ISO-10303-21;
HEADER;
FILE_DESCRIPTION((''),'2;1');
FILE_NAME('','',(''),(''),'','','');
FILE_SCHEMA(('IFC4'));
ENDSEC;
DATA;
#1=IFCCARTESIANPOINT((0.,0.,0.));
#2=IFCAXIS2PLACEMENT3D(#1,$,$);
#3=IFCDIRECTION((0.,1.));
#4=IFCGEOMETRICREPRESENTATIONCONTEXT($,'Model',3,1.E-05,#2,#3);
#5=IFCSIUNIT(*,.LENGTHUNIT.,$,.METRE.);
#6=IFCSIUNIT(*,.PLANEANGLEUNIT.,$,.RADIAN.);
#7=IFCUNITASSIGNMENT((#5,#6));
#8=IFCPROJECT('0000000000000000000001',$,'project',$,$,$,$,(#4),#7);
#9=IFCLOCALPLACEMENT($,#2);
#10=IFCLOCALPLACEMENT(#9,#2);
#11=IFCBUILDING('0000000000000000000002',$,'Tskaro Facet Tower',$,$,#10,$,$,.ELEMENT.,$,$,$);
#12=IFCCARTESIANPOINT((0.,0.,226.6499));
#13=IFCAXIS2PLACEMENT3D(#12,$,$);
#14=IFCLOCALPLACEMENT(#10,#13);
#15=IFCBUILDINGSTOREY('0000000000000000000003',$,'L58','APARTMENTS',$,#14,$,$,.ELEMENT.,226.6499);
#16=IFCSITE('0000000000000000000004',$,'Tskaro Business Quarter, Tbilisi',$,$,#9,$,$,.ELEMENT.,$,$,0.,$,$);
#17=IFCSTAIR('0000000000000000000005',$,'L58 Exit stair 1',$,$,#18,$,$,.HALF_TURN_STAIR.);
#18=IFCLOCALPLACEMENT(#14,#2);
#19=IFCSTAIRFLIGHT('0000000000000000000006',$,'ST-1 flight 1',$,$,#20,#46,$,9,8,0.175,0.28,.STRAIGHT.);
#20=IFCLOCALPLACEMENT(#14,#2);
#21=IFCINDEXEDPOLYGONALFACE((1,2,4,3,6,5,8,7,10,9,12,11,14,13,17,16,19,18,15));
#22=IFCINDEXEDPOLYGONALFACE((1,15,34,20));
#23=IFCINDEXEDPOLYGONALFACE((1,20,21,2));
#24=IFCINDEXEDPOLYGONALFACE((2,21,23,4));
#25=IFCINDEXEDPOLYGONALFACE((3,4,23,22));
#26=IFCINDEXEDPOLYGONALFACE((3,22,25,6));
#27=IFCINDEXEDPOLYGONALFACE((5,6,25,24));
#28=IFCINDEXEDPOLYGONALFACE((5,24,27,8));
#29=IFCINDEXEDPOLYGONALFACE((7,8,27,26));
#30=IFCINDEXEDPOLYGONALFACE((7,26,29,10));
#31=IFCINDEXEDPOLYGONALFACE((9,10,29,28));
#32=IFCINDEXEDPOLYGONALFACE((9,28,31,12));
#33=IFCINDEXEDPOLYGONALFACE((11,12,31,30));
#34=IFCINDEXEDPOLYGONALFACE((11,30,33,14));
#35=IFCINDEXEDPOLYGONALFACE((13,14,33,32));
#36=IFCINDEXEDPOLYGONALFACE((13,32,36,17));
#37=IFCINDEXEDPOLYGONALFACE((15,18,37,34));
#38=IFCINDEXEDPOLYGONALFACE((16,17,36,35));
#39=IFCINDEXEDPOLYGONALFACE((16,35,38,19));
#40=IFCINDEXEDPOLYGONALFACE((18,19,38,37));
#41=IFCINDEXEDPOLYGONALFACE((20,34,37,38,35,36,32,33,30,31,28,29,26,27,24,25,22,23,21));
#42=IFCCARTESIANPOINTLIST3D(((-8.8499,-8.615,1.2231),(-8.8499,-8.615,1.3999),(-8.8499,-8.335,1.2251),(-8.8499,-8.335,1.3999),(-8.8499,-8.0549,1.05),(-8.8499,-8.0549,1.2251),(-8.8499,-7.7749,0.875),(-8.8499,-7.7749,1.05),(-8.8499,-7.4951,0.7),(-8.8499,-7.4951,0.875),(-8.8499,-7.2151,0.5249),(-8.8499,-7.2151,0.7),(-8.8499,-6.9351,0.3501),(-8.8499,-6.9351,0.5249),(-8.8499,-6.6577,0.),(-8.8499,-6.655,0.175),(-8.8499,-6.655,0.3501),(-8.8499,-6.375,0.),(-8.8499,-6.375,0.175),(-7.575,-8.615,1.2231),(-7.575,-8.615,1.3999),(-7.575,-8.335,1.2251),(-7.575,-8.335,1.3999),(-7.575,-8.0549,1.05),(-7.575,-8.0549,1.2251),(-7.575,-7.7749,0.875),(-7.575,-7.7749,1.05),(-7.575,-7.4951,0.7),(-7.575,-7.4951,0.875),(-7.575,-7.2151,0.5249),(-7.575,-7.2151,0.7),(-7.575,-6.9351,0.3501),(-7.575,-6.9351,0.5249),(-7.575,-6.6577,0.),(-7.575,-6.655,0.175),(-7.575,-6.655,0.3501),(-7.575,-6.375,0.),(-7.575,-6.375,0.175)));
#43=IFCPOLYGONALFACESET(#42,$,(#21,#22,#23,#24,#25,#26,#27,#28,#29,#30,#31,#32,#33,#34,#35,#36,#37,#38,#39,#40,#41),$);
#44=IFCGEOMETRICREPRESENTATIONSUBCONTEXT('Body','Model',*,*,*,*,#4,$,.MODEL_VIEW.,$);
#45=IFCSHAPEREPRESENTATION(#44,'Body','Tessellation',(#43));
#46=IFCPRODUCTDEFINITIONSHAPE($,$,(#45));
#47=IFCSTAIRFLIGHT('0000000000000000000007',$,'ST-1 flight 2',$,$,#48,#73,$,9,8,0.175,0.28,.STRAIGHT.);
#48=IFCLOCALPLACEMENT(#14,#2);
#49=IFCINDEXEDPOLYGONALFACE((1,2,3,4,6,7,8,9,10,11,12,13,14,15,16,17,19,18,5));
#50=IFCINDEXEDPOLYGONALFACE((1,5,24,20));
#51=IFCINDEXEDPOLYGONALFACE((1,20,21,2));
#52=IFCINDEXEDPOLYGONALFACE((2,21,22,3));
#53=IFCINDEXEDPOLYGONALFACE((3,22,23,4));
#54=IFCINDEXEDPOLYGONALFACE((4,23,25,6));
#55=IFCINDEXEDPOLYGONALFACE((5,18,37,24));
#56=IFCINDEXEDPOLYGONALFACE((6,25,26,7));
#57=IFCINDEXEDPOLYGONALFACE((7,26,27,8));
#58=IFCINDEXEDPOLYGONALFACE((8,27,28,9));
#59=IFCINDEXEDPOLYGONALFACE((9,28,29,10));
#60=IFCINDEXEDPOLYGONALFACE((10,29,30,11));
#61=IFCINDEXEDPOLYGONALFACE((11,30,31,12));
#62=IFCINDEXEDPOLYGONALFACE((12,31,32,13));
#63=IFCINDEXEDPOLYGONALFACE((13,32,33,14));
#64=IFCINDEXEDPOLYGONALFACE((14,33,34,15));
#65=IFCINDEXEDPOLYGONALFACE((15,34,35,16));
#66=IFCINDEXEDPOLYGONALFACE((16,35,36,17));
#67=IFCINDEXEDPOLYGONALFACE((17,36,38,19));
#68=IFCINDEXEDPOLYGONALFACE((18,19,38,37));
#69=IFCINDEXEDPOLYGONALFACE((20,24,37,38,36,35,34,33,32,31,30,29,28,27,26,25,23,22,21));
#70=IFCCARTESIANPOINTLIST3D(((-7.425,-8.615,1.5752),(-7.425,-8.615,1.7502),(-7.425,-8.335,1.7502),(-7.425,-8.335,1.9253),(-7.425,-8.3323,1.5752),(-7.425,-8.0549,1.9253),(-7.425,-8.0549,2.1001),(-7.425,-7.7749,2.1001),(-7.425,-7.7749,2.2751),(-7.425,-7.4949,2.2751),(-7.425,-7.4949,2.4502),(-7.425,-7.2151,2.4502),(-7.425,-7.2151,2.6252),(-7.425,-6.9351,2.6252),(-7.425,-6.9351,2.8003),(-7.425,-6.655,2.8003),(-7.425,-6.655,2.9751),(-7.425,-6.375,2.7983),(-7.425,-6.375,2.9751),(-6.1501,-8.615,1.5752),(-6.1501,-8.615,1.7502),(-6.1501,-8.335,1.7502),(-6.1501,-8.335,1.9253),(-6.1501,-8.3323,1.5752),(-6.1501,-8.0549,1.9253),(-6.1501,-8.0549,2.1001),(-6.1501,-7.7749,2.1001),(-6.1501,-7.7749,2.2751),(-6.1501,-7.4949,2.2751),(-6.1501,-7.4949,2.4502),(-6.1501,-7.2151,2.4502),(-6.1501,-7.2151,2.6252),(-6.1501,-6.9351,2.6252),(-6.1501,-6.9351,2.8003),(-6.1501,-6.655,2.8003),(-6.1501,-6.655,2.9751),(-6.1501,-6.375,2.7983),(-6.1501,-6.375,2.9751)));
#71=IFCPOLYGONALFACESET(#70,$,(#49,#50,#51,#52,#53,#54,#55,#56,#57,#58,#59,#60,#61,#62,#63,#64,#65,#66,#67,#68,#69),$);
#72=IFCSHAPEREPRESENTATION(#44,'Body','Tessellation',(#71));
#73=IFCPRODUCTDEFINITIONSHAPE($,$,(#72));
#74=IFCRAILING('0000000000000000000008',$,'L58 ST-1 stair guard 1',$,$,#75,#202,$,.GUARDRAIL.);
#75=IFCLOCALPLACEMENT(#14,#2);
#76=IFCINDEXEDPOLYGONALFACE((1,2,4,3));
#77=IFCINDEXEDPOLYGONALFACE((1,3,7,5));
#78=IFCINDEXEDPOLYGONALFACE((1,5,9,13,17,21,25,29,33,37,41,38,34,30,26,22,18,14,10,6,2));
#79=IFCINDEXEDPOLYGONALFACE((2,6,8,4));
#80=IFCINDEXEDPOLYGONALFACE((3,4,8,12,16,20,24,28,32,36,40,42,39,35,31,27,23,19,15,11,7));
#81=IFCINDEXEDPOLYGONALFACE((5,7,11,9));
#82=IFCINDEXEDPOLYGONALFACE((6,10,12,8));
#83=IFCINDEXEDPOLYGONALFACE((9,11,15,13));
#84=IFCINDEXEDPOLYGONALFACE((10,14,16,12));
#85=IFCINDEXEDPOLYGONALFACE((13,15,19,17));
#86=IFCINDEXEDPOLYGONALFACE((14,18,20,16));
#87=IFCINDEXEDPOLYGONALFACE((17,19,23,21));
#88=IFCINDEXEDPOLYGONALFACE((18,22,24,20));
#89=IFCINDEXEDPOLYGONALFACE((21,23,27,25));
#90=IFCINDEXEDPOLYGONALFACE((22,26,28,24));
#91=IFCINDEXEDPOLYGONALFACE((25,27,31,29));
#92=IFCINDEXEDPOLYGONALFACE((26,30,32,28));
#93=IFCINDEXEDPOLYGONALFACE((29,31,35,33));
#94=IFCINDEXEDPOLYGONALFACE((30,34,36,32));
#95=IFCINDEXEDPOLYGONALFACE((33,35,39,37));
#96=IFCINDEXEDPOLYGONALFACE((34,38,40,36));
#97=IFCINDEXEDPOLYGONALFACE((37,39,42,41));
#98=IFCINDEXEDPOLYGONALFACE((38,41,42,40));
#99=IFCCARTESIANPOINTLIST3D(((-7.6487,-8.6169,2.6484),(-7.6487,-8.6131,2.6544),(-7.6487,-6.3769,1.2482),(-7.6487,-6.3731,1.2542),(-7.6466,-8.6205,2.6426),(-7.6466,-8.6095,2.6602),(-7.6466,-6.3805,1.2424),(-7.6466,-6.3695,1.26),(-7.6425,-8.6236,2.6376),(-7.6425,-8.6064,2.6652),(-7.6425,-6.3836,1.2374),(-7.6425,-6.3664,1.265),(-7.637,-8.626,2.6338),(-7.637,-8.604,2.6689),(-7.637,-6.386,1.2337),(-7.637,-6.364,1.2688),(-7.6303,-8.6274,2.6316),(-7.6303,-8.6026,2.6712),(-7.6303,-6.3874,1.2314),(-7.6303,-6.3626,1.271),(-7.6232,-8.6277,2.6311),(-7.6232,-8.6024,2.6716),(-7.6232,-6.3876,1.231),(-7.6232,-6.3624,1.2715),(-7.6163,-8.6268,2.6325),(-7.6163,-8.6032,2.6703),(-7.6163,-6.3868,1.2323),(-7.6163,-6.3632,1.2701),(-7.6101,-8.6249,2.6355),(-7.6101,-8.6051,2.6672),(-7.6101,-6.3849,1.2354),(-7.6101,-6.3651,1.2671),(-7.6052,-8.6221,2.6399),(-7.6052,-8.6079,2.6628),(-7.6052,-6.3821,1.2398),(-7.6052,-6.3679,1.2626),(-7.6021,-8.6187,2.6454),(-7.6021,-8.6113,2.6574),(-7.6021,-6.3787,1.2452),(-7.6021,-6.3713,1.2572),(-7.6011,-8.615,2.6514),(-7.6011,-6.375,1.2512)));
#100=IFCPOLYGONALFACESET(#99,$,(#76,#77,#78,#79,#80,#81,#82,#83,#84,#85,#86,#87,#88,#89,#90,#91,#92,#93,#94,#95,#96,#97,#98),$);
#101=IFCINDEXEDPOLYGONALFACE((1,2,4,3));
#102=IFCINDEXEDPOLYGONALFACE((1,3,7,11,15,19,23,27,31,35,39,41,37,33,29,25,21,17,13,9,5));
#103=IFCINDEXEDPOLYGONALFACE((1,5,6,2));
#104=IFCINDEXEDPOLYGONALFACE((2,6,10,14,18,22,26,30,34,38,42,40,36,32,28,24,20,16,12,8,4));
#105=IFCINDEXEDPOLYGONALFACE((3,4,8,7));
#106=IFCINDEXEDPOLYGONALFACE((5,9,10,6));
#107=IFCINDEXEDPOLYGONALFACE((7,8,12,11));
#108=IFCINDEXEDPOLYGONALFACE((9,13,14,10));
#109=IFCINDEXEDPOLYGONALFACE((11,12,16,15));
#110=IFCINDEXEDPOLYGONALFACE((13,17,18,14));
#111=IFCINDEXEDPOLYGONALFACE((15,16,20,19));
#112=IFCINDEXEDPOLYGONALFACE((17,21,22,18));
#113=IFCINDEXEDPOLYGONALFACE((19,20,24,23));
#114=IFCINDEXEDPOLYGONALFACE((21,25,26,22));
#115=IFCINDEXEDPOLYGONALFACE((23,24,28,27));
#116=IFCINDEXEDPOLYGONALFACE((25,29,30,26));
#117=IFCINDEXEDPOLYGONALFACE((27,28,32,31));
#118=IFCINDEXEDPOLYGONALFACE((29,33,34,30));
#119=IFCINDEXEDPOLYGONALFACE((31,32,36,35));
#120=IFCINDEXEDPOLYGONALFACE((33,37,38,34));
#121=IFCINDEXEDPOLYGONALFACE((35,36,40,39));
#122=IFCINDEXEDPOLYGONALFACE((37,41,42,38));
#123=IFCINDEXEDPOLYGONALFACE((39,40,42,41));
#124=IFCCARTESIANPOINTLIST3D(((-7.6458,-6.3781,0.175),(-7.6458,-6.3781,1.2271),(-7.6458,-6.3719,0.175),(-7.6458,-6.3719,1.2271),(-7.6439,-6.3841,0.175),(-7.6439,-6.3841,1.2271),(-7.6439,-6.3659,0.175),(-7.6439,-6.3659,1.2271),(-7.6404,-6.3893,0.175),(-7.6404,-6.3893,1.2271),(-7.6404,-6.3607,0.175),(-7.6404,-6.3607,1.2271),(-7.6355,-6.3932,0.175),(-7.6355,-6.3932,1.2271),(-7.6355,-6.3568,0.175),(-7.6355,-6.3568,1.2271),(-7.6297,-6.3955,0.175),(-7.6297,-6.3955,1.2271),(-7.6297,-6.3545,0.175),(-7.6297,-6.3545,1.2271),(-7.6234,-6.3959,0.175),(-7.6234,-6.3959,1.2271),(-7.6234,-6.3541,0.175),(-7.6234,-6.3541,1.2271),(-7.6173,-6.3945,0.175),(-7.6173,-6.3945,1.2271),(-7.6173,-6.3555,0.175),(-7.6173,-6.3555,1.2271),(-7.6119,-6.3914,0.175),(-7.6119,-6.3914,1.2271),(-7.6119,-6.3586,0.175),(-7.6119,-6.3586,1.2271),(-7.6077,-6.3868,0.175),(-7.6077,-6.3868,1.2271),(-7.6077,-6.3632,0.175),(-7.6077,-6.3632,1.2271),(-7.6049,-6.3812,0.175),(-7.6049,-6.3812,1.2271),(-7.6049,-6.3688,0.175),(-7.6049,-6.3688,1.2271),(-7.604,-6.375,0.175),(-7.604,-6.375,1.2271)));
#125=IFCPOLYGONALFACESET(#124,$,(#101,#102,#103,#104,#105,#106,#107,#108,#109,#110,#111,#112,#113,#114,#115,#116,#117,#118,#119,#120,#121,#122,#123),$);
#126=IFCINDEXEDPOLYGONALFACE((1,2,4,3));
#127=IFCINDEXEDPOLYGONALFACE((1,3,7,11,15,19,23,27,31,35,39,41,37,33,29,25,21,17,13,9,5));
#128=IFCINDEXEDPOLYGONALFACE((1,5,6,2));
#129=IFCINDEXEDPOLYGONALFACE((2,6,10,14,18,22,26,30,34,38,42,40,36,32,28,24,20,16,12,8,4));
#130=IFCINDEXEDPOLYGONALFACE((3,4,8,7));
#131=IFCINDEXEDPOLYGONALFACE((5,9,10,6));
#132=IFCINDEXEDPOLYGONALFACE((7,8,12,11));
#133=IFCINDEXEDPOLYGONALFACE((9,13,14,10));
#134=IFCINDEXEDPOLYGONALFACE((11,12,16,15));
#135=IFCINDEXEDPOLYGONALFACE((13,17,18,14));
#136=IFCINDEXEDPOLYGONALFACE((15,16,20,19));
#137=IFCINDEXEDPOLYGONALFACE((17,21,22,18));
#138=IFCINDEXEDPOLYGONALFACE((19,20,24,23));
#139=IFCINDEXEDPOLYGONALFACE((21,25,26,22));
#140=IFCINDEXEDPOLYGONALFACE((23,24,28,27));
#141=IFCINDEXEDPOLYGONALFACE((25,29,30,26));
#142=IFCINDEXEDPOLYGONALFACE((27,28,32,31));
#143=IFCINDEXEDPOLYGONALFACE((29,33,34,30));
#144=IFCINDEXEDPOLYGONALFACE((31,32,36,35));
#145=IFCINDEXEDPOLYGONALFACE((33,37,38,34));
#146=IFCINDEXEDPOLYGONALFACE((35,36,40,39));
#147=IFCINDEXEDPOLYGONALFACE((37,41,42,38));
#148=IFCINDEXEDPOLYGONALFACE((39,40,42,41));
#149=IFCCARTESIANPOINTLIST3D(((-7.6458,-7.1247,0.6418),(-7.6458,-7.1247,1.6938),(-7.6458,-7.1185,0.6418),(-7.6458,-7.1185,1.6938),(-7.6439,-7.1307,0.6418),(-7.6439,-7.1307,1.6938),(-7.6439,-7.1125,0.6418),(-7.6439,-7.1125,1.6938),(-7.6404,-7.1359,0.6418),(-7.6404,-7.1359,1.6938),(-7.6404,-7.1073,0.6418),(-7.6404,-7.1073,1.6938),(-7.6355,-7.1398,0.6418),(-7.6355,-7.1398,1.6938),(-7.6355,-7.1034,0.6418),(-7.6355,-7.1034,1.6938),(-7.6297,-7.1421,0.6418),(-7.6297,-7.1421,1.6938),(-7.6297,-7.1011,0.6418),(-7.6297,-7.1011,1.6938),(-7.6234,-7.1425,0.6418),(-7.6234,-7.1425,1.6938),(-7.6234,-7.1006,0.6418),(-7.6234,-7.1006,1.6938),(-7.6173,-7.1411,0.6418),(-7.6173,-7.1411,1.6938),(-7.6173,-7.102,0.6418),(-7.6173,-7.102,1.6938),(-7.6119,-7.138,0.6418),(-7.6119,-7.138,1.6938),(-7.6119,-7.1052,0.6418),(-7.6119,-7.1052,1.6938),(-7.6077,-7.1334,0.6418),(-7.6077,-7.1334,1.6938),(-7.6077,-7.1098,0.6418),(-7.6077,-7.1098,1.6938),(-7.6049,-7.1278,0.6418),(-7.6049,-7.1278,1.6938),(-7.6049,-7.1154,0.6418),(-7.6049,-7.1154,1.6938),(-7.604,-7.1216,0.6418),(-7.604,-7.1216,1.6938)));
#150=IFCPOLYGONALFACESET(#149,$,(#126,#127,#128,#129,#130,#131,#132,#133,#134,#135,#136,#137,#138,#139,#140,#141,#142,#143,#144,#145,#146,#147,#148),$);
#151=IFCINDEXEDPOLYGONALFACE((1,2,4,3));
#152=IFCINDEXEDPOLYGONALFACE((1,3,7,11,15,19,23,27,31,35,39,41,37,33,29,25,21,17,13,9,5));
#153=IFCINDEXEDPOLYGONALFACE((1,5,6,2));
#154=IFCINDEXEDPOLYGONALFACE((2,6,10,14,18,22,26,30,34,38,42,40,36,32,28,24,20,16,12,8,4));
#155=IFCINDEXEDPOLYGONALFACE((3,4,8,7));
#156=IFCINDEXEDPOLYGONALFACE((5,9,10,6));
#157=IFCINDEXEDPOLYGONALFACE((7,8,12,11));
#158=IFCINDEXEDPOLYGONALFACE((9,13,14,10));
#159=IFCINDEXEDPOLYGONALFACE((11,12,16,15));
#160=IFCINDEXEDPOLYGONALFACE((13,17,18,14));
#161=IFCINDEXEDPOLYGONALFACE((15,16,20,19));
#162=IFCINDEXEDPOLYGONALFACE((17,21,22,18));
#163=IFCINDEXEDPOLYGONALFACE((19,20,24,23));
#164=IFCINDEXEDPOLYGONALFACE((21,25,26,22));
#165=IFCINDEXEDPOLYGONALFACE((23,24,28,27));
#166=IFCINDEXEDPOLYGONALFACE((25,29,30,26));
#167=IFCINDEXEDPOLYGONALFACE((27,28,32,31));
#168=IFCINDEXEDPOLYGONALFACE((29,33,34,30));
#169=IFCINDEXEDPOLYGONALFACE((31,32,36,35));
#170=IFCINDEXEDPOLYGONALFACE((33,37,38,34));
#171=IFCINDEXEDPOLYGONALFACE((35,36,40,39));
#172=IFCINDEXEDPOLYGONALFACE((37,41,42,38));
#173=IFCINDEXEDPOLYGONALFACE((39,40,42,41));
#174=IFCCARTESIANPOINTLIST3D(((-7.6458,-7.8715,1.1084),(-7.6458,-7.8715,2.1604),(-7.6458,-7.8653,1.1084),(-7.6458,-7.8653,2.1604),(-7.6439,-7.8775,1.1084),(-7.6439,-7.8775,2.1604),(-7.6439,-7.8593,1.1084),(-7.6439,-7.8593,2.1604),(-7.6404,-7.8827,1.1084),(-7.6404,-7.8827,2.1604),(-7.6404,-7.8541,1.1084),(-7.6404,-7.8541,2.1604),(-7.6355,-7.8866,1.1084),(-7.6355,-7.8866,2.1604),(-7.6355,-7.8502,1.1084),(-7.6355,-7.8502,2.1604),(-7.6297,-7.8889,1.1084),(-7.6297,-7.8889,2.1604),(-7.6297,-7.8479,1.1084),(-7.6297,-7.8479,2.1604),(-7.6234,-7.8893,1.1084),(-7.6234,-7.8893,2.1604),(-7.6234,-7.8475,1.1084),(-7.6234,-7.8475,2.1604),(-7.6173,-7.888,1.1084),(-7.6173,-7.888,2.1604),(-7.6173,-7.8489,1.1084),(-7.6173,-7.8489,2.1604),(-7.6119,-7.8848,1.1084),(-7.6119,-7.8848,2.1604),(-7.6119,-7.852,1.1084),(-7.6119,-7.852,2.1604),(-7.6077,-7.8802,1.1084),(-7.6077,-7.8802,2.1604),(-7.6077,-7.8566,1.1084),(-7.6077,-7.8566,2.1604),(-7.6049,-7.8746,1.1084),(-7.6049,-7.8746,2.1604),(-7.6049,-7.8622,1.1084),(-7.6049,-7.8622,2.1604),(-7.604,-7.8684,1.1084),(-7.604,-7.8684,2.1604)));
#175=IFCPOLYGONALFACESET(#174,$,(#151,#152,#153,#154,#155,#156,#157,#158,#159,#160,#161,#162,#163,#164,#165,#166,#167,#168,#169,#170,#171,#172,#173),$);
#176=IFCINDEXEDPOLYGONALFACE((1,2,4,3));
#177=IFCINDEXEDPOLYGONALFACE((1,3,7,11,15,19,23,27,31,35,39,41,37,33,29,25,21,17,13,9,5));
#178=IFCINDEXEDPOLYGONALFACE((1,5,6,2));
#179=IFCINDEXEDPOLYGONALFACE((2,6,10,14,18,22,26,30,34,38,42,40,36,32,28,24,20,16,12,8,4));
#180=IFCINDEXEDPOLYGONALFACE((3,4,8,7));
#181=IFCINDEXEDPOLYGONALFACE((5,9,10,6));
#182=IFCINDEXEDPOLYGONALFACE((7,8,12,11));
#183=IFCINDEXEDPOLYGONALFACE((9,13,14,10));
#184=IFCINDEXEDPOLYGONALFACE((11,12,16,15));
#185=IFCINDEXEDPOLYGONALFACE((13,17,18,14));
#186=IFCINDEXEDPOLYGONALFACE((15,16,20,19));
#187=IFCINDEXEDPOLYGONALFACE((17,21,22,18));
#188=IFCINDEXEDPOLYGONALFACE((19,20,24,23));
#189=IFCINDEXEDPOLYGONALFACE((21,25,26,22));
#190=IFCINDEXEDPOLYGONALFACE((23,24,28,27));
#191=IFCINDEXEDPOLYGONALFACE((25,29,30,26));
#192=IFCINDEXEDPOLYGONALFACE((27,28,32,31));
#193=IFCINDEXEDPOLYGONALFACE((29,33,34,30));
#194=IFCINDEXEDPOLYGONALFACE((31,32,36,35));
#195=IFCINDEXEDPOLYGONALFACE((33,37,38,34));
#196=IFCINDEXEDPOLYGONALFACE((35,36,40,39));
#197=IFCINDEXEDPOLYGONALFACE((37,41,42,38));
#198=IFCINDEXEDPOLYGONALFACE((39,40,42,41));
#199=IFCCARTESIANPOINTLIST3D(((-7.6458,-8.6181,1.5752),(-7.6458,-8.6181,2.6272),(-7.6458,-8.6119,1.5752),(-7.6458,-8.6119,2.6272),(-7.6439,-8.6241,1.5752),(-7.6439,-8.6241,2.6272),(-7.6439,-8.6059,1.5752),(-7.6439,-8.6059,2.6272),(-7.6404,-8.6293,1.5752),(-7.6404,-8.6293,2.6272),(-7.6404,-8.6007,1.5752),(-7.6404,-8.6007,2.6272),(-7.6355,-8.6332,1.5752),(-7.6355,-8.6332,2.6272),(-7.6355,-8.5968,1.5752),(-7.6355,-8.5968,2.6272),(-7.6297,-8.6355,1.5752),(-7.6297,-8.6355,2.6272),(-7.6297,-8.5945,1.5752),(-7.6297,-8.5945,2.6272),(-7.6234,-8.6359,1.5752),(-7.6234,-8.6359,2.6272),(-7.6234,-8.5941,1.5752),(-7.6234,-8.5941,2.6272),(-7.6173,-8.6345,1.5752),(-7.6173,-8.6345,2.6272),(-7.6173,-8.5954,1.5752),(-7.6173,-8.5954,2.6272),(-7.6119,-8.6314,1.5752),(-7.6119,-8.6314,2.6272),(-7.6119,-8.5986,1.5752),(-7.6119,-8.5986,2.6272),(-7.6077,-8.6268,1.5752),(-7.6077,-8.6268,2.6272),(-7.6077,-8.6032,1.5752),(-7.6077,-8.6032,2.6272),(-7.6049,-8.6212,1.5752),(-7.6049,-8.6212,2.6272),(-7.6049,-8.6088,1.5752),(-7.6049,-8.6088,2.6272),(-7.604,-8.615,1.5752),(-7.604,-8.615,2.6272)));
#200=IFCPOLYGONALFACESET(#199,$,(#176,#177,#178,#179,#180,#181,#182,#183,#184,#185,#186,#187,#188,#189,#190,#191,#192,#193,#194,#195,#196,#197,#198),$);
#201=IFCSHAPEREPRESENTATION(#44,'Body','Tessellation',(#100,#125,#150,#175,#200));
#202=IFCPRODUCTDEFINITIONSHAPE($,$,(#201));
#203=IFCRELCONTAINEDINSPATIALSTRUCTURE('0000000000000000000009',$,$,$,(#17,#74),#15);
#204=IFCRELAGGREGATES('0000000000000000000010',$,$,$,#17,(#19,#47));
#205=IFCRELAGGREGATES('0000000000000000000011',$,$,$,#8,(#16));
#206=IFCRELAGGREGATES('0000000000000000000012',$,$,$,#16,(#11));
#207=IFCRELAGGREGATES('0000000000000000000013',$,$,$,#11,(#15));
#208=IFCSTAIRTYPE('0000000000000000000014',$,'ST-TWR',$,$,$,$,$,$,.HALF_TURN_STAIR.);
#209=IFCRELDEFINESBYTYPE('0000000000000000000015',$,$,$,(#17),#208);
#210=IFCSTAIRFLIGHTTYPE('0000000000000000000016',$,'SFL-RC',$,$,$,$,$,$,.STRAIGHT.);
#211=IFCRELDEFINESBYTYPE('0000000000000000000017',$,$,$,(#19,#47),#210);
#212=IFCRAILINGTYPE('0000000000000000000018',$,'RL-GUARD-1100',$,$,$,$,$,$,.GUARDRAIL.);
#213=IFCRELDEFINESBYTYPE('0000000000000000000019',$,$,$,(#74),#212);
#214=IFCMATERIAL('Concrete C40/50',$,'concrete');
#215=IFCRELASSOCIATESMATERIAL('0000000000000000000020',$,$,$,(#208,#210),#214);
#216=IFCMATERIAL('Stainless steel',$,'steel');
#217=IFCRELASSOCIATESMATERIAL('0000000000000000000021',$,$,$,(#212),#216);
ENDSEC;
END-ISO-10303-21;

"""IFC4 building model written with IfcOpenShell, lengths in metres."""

from ifc_helpers import new_model, si_unit, direction, frame, origin, origin_2d, place, context, subcontext, project, spatial, polyline, circle, outline, extrude, material, type_object, element, aggregate, save


model = new_model("IFC4")

# Units and contexts
model_context = context("Model", 3, precision=1e-05, world=origin(), true_north=direction((0.0, 1.0)))
body_context = subcontext(model_context, "Body", "Model", "MODEL_VIEW")
ifc_project = project(units=[si_unit("LENGTHUNIT", "METRE"), si_unit("PLANEANGLEUNIT", "RADIAN")], contexts=[model_context])

# Site, building, storey
site_placement = place(None, origin())
site = spatial("IfcSite", under=ifc_project, at=site_placement, Name="Tskaro Business Quarter, Tbilisi", CompositionType="ELEMENT", RefElevation=0.0)
building_placement = place(site_placement, origin())
building = spatial("IfcBuilding", under=site, at=building_placement, Name="Tskaro Facet Tower", CompositionType="ELEMENT")
storey_placement = place(building_placement, frame((0.0, 0.0, 226.6499)))
storey = spatial("IfcBuildingStorey", under=building, at=storey_placement, Name="L58", Description="APARTMENTS", CompositionType="ELEMENT", Elevation=226.6499)

# Shared definitions
ifc_material_1 = material(Name="Stainless steel", Category="steel")

# Shared definitions
ifc_material_2 = material(Name="Concrete C40/50", Category="concrete")

# Stair, stair flights
stair_type = type_object("IfcStairType", Name="ST-TWR", PredefinedType="HALF_TURN_STAIR", material=ifc_material_2)
stair_placement = place(storey_placement, origin())
stair = element("IfcStair", 1, at=stair_placement, inside=storey, type_object=stair_type, Name="L58 Exit stair 1", PredefinedType="HALF_TURN_STAIR")
stair_flight_type = type_object("IfcStairFlightType", Name="SFL-RC", PredefinedType="STRAIGHT", material=ifc_material_2)
stair_flight_1_placement = place(storey_placement, frame((-8.2124, -6.375, 0.0), z_axis=(0.0, 0.0, 1.0), x_axis=(0.0, -1.0, 0.0)))
stair_flight_1 = element("IfcStairFlight", 2, at=stair_flight_1_placement, type_object=stair_flight_type, Name="ST-1 flight 1", NumberOfRisers=9, NumberOfTreads=8, PredefinedType="STRAIGHT", RiserHeight=0.175, TreadLength=0.28, context=body_context, shape_type="SweptSolid", body=[
    extrude(outline(polyline([(0.0, 0.0), (0.0, 0.175), (0.28, 0.175), (0.28, 0.3501), (0.5601, 0.3501), (0.5601, 0.5249), (0.8401, 0.5249), (0.8401, 0.7), (1.1201, 0.7), (1.1201, 0.875), (1.3999, 0.875), (1.3999, 1.05), (1.6799, 1.05), (1.6799, 1.2251), (1.96, 1.2251), (1.96, 1.3999), (2.24, 1.3999), (2.24, 1.575), (2.24, 1.2231), (0.2827, 0.0), (0.0, 0.0)])), frame((0.0, 0.6375, 0.0), z_axis=(0.0, -1.0, 0.0), x_axis=(1.0, 0.0, 0.0)), (0.0, 0.0, 1.0), 1.2749),
])
stair_flight_2_placement = place(storey_placement, frame((-6.7876, -8.615, 1.5752), z_axis=(0.0, 0.0, 1.0), x_axis=(0.0, 1.0, 0.0)))
stair_flight_2 = element("IfcStairFlight", 3, at=stair_flight_2_placement, type_object=stair_flight_type, Name="ST-1 flight 2", NumberOfRisers=9, NumberOfTreads=8, PredefinedType="STRAIGHT", RiserHeight=0.175, TreadLength=0.28, context=body_context, shape_type="SweptSolid", body=[
    extrude(outline(polyline([(0.0, 0.0), (0.0, 0.175), (0.28, 0.175), (0.28, 0.3501), (0.5601, 0.3501), (0.5601, 0.5249), (0.8401, 0.5249), (0.8401, 0.7), (1.1201, 0.7), (1.1201, 0.875), (1.3999, 0.875), (1.3999, 1.05), (1.6799, 1.05), (1.6799, 1.2251), (1.96, 1.2251), (1.96, 1.3999), (2.24, 1.3999), (2.24, 1.575), (2.24, 1.2231), (0.2827, 0.0), (0.0, 0.0)])), frame((0.0, 0.6375, 0.0), z_axis=(0.0, -1.0, 0.0), x_axis=(1.0, 0.0, 0.0)), (0.0, 0.0, 1.0), 1.2749),
])
aggregate(stair, [stair_flight_1, stair_flight_2])

# Railing
railing_type_1 = type_object("IfcRailingType", Name="RL-GUARD-1100", PredefinedType="GUARDRAIL", material=ifc_material_1)
railing_1_placement = place(storey_placement, frame((-7.625, -6.375, 0.175)))
element("IfcRailing", 4, at=railing_1_placement, inside=storey, type_object=railing_type_1, Name="L58 ST-1 stair guard 1", PredefinedType="GUARDRAIL", context=body_context, shape_type="SweptSolid", body=[
    extrude(circle(Radius=0.0239, at=origin_2d()), frame((0.0, 0.0, 1.0762), z_axis=(0.0, -0.847972, 0.53004), x_axis=(1.0, 0.0, 0.0)), (0.0, 0.0, 1.0), 2.6416),
    extrude(circle(Radius=0.021, at=origin_2d()), origin(), (0.0, 0.0, 1.0), 1.052),
    extrude(circle(Radius=0.021, at=origin_2d()), frame((0.0, -0.7466, 0.4668)), (0.0, 0.0, 1.0), 1.052),
    extrude(circle(Radius=0.021, at=origin_2d()), frame((0.0, -1.4934, 0.9333)), (0.0, 0.0, 1.0), 1.052),
    extrude(circle(Radius=0.021, at=origin_2d()), frame((0.0, -2.24, 1.4001)), (0.0, 0.0, 1.0), 1.052),
])

save(model, "model.ifc")
